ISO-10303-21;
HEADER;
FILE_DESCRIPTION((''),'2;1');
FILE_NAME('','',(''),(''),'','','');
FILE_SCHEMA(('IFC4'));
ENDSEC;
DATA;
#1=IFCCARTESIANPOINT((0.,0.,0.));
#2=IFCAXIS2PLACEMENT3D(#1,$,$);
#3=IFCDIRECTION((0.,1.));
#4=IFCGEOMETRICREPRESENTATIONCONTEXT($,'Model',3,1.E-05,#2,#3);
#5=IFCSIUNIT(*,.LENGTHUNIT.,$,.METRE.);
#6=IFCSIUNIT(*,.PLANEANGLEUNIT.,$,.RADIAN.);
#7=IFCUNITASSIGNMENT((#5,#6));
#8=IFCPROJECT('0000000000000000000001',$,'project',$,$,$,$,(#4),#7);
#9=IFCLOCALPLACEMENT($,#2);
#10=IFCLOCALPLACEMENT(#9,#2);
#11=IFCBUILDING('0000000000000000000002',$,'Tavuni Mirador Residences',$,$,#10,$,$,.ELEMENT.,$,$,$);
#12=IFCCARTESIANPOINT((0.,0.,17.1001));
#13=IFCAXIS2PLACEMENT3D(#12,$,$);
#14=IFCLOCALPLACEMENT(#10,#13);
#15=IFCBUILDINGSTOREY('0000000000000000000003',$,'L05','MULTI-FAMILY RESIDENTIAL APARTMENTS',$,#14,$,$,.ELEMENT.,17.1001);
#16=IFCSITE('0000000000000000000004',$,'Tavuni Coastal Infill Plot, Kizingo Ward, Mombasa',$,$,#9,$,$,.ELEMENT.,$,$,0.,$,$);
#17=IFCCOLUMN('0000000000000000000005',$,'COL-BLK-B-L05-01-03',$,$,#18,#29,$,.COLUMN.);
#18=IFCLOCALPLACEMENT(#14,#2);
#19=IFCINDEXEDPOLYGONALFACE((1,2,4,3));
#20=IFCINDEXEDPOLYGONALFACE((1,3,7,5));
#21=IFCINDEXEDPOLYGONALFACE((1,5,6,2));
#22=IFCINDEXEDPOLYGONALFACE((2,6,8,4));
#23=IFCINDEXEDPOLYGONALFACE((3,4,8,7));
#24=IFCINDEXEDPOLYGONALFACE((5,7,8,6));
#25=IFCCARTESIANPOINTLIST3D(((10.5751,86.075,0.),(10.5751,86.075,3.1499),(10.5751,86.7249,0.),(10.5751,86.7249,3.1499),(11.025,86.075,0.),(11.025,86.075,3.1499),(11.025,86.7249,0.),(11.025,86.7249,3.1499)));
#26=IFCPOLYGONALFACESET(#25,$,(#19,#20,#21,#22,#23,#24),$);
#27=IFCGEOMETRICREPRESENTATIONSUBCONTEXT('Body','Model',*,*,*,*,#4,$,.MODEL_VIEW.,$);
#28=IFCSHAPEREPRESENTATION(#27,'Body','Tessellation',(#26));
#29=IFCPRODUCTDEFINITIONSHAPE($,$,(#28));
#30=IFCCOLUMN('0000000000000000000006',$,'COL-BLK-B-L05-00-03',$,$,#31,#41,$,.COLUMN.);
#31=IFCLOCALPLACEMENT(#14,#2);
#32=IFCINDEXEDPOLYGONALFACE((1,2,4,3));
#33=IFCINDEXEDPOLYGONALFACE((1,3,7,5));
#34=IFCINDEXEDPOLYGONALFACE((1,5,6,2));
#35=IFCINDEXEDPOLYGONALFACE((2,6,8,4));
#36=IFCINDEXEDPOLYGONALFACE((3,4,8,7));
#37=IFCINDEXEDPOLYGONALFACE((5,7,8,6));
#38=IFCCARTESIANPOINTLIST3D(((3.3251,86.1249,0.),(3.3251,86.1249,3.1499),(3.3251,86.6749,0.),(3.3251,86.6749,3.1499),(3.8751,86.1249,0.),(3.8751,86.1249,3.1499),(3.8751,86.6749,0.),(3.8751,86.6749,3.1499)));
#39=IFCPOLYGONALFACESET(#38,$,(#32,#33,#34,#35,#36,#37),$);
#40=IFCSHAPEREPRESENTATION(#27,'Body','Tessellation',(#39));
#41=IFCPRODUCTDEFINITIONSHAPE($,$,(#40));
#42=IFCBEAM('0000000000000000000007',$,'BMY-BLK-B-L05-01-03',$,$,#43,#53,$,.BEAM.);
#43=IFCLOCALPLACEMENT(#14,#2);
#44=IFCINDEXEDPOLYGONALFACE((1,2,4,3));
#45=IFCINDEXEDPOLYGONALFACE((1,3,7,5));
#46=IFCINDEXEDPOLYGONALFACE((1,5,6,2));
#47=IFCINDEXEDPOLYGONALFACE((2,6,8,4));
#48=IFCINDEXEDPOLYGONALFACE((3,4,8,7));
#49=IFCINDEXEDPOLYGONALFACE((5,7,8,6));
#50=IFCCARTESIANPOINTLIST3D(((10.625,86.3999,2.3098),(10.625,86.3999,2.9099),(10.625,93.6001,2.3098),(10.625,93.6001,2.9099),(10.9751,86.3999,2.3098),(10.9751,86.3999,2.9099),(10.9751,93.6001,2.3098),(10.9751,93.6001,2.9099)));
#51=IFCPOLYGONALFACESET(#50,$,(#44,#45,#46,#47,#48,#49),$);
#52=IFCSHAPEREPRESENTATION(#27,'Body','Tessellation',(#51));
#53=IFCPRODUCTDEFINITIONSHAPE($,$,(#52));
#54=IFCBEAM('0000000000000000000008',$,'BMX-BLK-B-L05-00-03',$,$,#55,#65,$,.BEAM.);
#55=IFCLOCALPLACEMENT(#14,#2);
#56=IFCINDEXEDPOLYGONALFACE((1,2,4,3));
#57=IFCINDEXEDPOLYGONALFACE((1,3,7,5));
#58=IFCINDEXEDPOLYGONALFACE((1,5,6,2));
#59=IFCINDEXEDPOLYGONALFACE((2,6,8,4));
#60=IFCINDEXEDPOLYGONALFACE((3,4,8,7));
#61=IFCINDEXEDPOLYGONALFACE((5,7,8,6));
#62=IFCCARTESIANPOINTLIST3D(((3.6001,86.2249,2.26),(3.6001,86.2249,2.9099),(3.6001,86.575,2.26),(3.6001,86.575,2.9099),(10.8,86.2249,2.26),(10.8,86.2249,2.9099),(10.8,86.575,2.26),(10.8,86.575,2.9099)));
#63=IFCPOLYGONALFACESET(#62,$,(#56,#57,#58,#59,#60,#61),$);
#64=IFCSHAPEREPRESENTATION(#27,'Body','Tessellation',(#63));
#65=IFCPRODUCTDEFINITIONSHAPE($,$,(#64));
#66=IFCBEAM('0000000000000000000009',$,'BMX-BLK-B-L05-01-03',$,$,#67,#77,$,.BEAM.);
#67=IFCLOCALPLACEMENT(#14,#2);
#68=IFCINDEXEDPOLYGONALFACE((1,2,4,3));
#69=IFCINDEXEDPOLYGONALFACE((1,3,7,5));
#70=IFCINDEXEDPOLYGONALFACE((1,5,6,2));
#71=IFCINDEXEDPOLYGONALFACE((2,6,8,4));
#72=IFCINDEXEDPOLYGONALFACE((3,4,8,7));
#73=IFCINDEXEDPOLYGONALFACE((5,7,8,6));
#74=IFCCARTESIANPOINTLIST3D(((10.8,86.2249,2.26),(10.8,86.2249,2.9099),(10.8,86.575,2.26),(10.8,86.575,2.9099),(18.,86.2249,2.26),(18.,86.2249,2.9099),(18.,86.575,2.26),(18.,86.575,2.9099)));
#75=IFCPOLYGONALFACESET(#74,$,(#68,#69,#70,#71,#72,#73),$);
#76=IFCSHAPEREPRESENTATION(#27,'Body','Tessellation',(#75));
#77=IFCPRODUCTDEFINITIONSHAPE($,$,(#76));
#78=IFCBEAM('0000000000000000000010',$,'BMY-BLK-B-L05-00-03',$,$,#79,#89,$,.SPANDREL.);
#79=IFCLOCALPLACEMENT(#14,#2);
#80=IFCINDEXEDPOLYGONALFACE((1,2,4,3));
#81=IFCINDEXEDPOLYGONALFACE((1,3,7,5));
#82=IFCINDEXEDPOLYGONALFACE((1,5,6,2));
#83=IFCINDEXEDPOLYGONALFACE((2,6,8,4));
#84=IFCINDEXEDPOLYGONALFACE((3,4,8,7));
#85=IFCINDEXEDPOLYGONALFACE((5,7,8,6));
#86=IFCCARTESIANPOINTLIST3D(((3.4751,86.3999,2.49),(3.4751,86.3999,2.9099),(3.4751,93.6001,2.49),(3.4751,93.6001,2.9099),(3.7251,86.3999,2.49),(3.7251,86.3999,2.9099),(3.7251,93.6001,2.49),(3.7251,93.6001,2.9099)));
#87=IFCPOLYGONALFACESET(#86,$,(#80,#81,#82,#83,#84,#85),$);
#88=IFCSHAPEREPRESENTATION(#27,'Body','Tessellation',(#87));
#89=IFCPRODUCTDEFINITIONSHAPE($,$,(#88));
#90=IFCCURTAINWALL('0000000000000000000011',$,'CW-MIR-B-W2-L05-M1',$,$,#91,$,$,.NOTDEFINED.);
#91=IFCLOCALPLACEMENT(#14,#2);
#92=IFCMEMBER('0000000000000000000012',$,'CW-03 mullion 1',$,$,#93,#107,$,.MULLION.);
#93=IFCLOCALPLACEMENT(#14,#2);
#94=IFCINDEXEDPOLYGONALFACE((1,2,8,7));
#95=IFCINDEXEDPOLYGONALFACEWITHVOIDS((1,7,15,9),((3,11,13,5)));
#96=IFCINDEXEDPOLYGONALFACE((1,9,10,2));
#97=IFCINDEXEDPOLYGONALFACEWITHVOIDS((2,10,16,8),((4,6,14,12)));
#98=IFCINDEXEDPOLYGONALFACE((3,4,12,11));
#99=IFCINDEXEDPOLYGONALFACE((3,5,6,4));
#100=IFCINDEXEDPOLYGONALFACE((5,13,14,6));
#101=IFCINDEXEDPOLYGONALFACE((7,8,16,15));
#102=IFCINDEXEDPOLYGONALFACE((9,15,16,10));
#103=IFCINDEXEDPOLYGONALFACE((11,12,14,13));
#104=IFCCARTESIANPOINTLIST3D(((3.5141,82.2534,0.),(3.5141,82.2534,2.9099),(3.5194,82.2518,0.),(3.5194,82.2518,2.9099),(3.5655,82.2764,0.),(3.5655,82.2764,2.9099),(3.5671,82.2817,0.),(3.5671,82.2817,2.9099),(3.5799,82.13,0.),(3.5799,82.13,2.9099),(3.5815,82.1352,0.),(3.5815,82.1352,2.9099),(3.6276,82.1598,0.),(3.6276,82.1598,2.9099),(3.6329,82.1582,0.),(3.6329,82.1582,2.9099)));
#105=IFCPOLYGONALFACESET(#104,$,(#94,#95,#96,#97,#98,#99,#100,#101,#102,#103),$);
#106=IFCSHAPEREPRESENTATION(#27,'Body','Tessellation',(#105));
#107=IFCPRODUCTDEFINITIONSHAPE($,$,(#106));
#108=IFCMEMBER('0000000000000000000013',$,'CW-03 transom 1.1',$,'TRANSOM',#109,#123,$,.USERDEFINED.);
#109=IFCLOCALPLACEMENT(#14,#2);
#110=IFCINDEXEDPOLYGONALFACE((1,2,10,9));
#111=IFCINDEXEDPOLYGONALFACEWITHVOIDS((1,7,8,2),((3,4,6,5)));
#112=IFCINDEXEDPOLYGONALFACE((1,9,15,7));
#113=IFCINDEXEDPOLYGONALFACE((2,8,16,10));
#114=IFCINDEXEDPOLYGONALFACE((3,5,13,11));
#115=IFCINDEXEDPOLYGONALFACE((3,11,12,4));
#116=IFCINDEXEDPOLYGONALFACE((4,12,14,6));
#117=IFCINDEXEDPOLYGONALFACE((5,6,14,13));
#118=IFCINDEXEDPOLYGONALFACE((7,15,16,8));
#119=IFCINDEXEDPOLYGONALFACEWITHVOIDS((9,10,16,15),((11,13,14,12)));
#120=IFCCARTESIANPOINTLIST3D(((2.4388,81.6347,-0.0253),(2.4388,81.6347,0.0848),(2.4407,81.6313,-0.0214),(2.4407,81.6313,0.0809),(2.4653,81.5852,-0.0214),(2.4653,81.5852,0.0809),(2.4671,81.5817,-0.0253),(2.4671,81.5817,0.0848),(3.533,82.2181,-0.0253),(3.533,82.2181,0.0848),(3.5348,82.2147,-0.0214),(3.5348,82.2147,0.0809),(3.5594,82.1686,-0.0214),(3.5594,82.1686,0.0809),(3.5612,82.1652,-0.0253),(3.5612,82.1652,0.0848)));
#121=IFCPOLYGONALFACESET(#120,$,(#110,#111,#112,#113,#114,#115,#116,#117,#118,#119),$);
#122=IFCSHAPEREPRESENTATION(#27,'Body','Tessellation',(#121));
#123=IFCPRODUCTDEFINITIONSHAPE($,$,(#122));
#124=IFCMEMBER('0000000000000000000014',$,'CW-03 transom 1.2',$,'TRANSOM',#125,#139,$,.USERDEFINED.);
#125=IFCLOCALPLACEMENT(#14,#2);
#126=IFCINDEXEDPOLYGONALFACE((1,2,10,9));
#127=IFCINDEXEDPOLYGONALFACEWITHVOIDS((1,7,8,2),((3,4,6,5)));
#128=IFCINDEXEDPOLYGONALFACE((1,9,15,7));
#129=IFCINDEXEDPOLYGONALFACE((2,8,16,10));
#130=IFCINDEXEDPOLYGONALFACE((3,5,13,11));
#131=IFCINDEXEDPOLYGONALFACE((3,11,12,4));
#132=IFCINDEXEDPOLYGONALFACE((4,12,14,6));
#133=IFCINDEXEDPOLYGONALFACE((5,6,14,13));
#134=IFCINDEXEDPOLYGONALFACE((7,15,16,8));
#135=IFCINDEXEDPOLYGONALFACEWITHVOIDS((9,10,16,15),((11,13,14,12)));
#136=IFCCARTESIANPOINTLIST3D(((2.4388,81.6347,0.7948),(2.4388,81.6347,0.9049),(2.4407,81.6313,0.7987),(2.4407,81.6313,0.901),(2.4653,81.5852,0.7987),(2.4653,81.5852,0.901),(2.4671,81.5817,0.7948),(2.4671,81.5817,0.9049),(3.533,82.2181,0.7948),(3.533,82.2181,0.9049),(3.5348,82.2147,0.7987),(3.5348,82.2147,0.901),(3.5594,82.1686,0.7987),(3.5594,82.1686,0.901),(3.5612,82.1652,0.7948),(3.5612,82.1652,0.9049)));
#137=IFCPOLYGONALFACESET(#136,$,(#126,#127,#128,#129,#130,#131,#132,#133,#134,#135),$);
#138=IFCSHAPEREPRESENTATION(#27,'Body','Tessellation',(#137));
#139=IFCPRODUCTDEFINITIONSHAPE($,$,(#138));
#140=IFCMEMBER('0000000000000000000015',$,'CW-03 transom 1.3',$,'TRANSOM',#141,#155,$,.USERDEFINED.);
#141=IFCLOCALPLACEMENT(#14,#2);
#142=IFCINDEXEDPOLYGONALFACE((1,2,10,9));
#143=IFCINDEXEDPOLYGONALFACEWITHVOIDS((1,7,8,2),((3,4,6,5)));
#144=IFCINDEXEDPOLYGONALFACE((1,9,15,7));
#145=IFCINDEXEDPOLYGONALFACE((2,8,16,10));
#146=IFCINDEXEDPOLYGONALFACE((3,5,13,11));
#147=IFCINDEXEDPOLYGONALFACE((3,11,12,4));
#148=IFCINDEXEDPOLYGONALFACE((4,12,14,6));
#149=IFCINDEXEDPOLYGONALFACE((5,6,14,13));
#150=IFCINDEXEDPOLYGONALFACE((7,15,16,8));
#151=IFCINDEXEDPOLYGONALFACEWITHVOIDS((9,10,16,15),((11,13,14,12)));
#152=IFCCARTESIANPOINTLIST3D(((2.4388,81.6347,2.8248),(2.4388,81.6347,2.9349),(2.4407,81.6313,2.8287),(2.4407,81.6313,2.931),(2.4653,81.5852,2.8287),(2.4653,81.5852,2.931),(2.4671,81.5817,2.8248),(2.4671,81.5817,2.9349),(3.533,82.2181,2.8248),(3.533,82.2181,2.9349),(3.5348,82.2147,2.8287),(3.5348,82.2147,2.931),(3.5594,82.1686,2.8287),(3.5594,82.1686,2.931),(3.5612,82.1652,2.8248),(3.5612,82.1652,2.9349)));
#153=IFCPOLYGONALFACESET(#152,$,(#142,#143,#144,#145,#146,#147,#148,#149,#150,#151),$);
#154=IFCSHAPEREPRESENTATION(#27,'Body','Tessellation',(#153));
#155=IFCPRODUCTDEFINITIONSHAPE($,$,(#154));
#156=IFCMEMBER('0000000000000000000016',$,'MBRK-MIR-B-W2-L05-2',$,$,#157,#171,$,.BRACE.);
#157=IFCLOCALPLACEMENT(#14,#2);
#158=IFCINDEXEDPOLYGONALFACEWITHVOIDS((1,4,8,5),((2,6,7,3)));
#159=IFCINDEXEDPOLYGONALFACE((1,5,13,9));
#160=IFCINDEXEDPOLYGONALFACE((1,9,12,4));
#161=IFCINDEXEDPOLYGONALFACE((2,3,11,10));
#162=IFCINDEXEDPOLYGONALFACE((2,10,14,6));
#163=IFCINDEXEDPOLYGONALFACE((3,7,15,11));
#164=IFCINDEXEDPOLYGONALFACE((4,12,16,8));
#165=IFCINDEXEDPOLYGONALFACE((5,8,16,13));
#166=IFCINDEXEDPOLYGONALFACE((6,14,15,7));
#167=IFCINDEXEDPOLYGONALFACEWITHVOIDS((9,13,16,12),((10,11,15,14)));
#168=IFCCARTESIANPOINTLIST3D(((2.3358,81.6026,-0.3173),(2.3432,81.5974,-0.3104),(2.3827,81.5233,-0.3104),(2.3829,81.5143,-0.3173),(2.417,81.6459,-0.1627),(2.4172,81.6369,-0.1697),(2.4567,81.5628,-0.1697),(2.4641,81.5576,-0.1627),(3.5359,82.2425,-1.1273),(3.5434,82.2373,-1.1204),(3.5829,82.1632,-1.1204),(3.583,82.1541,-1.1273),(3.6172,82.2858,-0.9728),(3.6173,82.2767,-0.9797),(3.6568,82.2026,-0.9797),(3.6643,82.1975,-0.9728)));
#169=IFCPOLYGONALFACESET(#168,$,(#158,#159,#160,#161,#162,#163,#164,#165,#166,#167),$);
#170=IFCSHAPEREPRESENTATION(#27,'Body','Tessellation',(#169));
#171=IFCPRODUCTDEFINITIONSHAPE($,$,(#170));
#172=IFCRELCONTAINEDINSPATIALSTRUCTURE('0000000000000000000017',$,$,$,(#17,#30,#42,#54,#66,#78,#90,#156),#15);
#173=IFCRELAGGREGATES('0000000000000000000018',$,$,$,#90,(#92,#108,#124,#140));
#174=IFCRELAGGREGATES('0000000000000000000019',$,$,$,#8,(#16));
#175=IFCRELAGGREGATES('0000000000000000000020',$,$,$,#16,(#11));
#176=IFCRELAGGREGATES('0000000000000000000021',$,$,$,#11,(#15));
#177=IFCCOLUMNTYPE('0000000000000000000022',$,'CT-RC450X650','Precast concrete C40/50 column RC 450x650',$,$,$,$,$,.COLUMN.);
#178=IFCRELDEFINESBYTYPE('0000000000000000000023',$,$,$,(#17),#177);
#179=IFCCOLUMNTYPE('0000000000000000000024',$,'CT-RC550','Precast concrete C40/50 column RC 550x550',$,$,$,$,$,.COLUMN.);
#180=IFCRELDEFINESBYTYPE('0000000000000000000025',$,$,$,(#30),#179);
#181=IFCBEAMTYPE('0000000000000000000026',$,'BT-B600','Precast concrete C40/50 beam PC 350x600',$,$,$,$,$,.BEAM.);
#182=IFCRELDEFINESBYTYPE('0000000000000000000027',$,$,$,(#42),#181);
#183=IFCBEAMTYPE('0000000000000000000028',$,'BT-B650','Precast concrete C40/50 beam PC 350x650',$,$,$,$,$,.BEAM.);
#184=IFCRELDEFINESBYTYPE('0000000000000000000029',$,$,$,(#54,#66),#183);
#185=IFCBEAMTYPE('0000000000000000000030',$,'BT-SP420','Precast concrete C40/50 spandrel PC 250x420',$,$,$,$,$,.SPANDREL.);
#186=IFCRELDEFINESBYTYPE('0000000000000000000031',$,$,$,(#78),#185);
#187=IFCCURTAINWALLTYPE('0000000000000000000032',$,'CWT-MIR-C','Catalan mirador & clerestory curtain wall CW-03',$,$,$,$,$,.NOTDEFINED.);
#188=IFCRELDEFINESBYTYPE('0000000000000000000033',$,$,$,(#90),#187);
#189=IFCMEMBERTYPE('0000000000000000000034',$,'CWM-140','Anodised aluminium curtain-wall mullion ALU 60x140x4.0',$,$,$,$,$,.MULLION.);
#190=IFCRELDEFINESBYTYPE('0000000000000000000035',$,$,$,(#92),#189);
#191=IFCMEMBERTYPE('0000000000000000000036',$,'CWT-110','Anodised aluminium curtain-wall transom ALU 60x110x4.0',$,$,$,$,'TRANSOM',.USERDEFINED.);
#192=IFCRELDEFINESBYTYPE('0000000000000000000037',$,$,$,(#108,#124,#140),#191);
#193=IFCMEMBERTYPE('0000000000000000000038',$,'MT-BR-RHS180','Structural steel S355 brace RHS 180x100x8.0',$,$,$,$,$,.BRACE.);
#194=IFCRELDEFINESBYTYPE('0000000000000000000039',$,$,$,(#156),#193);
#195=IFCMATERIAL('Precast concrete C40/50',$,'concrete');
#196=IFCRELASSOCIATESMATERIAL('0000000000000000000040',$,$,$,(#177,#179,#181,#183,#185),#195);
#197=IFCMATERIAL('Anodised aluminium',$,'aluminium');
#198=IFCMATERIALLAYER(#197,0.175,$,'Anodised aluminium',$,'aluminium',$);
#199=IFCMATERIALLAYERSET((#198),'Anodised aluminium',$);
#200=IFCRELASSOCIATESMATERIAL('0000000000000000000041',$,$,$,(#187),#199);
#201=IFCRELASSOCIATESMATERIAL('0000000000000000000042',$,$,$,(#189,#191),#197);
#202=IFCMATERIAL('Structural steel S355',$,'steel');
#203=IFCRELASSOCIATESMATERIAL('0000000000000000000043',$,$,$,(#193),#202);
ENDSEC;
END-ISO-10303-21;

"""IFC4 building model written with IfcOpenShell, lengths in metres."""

from ifc_helpers import new_model, si_unit, direction, frame, origin, origin_2d, place, context, subcontext, project, spatial, rectangle, hollow_rectangle, extrude, material, layer, layer_set, material_profile, profile_set, type_object, element, aggregate, save


model = new_model("IFC4")

# Units and contexts
model_context = context("Model", 3, precision=1e-05, world=origin(), true_north=direction((0.0, 1.0)))
body_context = subcontext(model_context, "Body", "Model", "MODEL_VIEW")
ifc_project = project(units=[si_unit("LENGTHUNIT", "METRE"), si_unit("PLANEANGLEUNIT", "RADIAN")], contexts=[model_context])

# Site, building, storey
site_placement = place(None, origin())
site = spatial("IfcSite", under=ifc_project, at=site_placement, Name="Tavuni Coastal Infill Plot, Kizingo Ward, Mombasa", CompositionType="ELEMENT", RefElevation=0.0)
building_placement = place(site_placement, origin())
building = spatial("IfcBuilding", under=site, at=building_placement, Name="Tavuni Mirador Residences", CompositionType="ELEMENT")
storey_placement = place(building_placement, frame((0.0, 0.0, 17.1001)))
storey = spatial("IfcBuildingStorey", under=building, at=storey_placement, Name="L05", Description="MULTI-FAMILY RESIDENTIAL APARTMENTS", CompositionType="ELEMENT", Elevation=17.1001)

# Columns
ifc_material_1 = material(Name="Precast concrete C40/50", Category="concrete")
ifc_material_profile_1 = material_profile(ifc_material_1, rectangle(XDim=0.45, YDim=0.6499, at=origin_2d()), Name="RC 450x650", Category="concrete")
ifc_profile_set_1 = profile_set([ifc_material_profile_1], Name="Precast concrete C40/50")
column_type_1 = type_object("IfcColumnType", Name="CT-RC450X650", Description="Precast concrete C40/50 column RC 450x650", PredefinedType="COLUMN", material=ifc_profile_set_1)
column_1_placement = place(storey_placement, frame((10.8, 86.3999, 0.0), z_axis=(0.0, 0.0, 1.0), x_axis=(1.0, 0.0, 0.0)))
element("IfcColumn", 1, at=column_1_placement, inside=storey, type_object=column_type_1, Name="COL-BLK-B-L05-01-03", PredefinedType="COLUMN", context=body_context, shape_type="SweptSolid", body=[
    extrude(rectangle(XDim=0.45, YDim=0.6499, at=origin_2d()), origin(), (0.0, 0.0, 1.0), 3.1499),
])
ifc_material_profile_2 = material_profile(ifc_material_1, rectangle(XDim=0.55, YDim=0.55, at=origin_2d()), Name="RC 550x550", Category="concrete")
ifc_profile_set_2 = profile_set([ifc_material_profile_2], Name="Precast concrete C40/50")
column_type_2 = type_object("IfcColumnType", Name="CT-RC550", Description="Precast concrete C40/50 column RC 550x550", PredefinedType="COLUMN", material=ifc_profile_set_2)
column_2_placement = place(storey_placement, frame((3.6001, 86.3999, 0.0), z_axis=(0.0, 0.0, 1.0), x_axis=(1.0, 0.0, 0.0)))
element("IfcColumn", 2, at=column_2_placement, inside=storey, type_object=column_type_2, Name="COL-BLK-B-L05-00-03", PredefinedType="COLUMN", context=body_context, shape_type="SweptSolid", body=[
    extrude(rectangle(XDim=0.55, YDim=0.55, at=origin_2d()), origin(), (0.0, 0.0, 1.0), 3.1499),
])

# Beams
ifc_material_profile_3 = material_profile(ifc_material_1, rectangle(XDim=0.3501, YDim=0.6001, at=origin_2d()), Name="PC 350x600", Category="concrete")
ifc_profile_set_3 = profile_set([ifc_material_profile_3], Name="Precast concrete C40/50")
beam_type_1 = type_object("IfcBeamType", Name="BT-B600", Description="Precast concrete C40/50 beam PC 350x600", PredefinedType="BEAM", material=ifc_profile_set_3)
beam_1_placement = place(storey_placement, frame((10.8, 86.3999, 2.6099), z_axis=(0.0, 1.0, 0.0), x_axis=(-1.0, 0.0, 0.0)))
element("IfcBeam", 3, at=beam_1_placement, inside=storey, type_object=beam_type_1, Name="BMY-BLK-B-L05-01-03", PredefinedType="BEAM", context=body_context, shape_type="SweptSolid", body=[
    extrude(rectangle(XDim=0.3501, YDim=0.6001, at=origin_2d()), origin(), (0.0, 0.0, 1.0), 7.2002),
])
ifc_material_profile_4 = material_profile(ifc_material_1, rectangle(XDim=0.3501, YDim=0.6499, at=origin_2d()), Name="PC 350x650", Category="concrete")
ifc_profile_set_4 = profile_set([ifc_material_profile_4], Name="Precast concrete C40/50")
beam_type_2 = type_object("IfcBeamType", Name="BT-B650", Description="Precast concrete C40/50 beam PC 350x650", PredefinedType="BEAM", material=ifc_profile_set_4)
for number, where, z_axis, x_axis, name in (
    (4, (3.6001, 86.3999, 2.585), (1.0, 0.0, 0.0), (0.0, 1.0, 0.0), "BMX-BLK-B-L05-00-03"),
    (5, (10.8, 86.3999, 2.585), (1.0, 0.0, 0.0), (0.0, 1.0, 0.0), "BMX-BLK-B-L05-01-03"),
):
    element("IfcBeam", number, at=place(storey_placement, frame(where, z_axis=z_axis, x_axis=x_axis)), inside=storey, type_object=beam_type_2, Name=name, PredefinedType="BEAM", context=body_context, shape_type="SweptSolid", body=[
        extrude(rectangle(XDim=0.3501, YDim=0.6499, at=origin_2d()), origin(), (0.0, 0.0, 1.0), 7.2),
    ])
ifc_material_profile_5 = material_profile(ifc_material_1, rectangle(XDim=0.25, YDim=0.4199, at=origin_2d()), Name="PC 250x420", Category="concrete")
ifc_profile_set_5 = profile_set([ifc_material_profile_5], Name="Precast concrete C40/50")
beam_type_3 = type_object("IfcBeamType", Name="BT-SP420", Description="Precast concrete C40/50 spandrel PC 250x420", PredefinedType="SPANDREL", material=ifc_profile_set_5)
beam_2_placement = place(storey_placement, frame((3.6001, 86.3999, 2.7), z_axis=(0.0, 1.0, 0.0), x_axis=(-1.0, 0.0, 0.0)))
element("IfcBeam", 6, at=beam_2_placement, inside=storey, type_object=beam_type_3, Name="BMY-BLK-B-L05-00-03", PredefinedType="SPANDREL", context=body_context, shape_type="SweptSolid", body=[
    extrude(rectangle(XDim=0.25, YDim=0.4199, at=origin_2d()), origin(), (0.0, 0.0, 1.0), 7.2002),
])

# Curtain wall, members
ifc_material_2 = material(Name="Anodised aluminium", Category="aluminium")
ifc_layer_1 = layer(ifc_material_2, 0.175, Name="Anodised aluminium", Category="aluminium")
ifc_layer_set_1 = layer_set([ifc_layer_1], Name="Anodised aluminium")
curtain_wall_type = type_object("IfcCurtainWallType", Name="CWT-MIR-C", Description="Catalan mirador & clerestory curtain wall CW-03", PredefinedType="NOTDEFINED", material=ifc_layer_set_1)
curtain_wall_placement = place(storey_placement, origin())
curtain_wall = element("IfcCurtainWall", 7, at=curtain_wall_placement, inside=storey, type_object=curtain_wall_type, Name="CW-MIR-B-W2-L05-M1", PredefinedType="NOTDEFINED")
ifc_material_profile_6 = material_profile(ifc_material_2, hollow_rectangle(XDim=0.0601, YDim=0.1399, WallThickness=0.0039, at=origin_2d()), Name="ALU 60x140x4.0", Category="aluminium")
ifc_profile_set_6 = profile_set([ifc_material_profile_6], Name="Anodised aluminium")
member_type_1 = type_object("IfcMemberType", Name="CWM-140", Description="Anodised aluminium curtain-wall mullion ALU 60x140x4.0", PredefinedType="MULLION", material=ifc_profile_set_6)
member_1_placement = place(storey_placement, frame((3.5735, 82.2058, 0.0), z_axis=(0.0, 0.0, 1.0), x_axis=(-0.882353, -0.470588, 0.0)))
member_1 = element("IfcMember", 8, at=member_1_placement, type_object=member_type_1, Name="CW-03 mullion 1", PredefinedType="MULLION", context=body_context, shape_type="SweptSolid", body=[
    extrude(hollow_rectangle(XDim=0.0601, YDim=0.1399, WallThickness=0.0039, at=origin_2d()), origin(), (0.0, 0.0, 1.0), 2.9099),
])
ifc_material_profile_7 = material_profile(ifc_material_2, hollow_rectangle(XDim=0.0601, YDim=0.1101, WallThickness=0.0039, at=origin_2d()), Name="ALU 60x110x4.0", Category="aluminium")
ifc_profile_set_7 = profile_set([ifc_material_profile_7], Name="Anodised aluminium")
member_type_2 = type_object("IfcMemberType", Name="CWT-110", Description="Anodised aluminium curtain-wall transom ALU 60x110x4.0", ElementType="TRANSOM", PredefinedType="USERDEFINED", material=ifc_profile_set_7)
member_2_placement = place(storey_placement, frame((3.5471, 82.1917, 0.0298), z_axis=(-0.882386, -0.470527, 0.0), x_axis=(0.470527, -0.882386, 0.0)))
member_2 = element("IfcMember", 9, at=member_2_placement, type_object=member_type_2, Name="CW-03 transom 1.1", ObjectType="TRANSOM", PredefinedType="USERDEFINED", context=body_context, shape_type="SweptSolid", body=[
    extrude(hollow_rectangle(XDim=0.0601, YDim=0.1101, WallThickness=0.0039, at=origin_2d()), origin(), (0.0, 0.0, 1.0), 1.24),
])
member_3_placement = place(storey_placement, frame((3.5471, 82.1917, 0.8499), z_axis=(-0.882386, -0.470527, 0.0), x_axis=(0.470527, -0.882386, 0.0)))
member_3 = element("IfcMember", 10, at=member_3_placement, type_object=member_type_2, Name="CW-03 transom 1.2", ObjectType="TRANSOM", PredefinedType="USERDEFINED", context=body_context, shape_type="SweptSolid", body=[
    extrude(hollow_rectangle(XDim=0.0601, YDim=0.1101, WallThickness=0.0039, at=origin_2d()), origin(), (0.0, 0.0, 1.0), 1.24),
])
member_4_placement = place(storey_placement, frame((3.5471, 82.1917, 2.8799), z_axis=(-0.882386, -0.470527, 0.0), x_axis=(0.470527, -0.882386, 0.0)))
member_4 = element("IfcMember", 11, at=member_4_placement, type_object=member_type_2, Name="CW-03 transom 1.3", ObjectType="TRANSOM", PredefinedType="USERDEFINED", context=body_context, shape_type="SweptSolid", body=[
    extrude(hollow_rectangle(XDim=0.0601, YDim=0.1101, WallThickness=0.0039, at=origin_2d()), origin(), (0.0, 0.0, 1.0), 1.24),
])

# Member
ifc_material_3 = material(Name="Structural steel S355", Category="steel")
ifc_material_profile_8 = material_profile(ifc_material_3, hollow_rectangle(XDim=0.1001, YDim=0.1799, WallThickness=0.0081, at=origin_2d()), Name="RHS 180x100x8.0", Category="steel")
ifc_profile_set_8 = profile_set([ifc_material_profile_8], Name="Structural steel S355")
member_type_3 = type_object("IfcMemberType", Name="MT-BR-RHS180", Description="Structural steel S355 brace RHS 180x100x8.0", PredefinedType="BRACE", material=ifc_profile_set_8)
member_5_placement = place(storey_placement, frame((3.6001, 82.22, -1.05), z_axis=(-0.758142, -0.404209, 0.511699), x_axis=(0.470467, -0.882418, 0.0)))
element("IfcMember", 12, at=member_5_placement, inside=storey, type_object=member_type_3, Name="MBRK-MIR-B-W2-L05-2", PredefinedType="BRACE", context=body_context, shape_type="SweptSolid", body=[
    extrude(hollow_rectangle(XDim=0.1001, YDim=0.1799, WallThickness=0.0081, at=origin_2d()), origin(), (0.0, 0.0, 1.0), 1.583),
])

aggregate(curtain_wall, [member_1, member_2, member_3, member_4])

save(model, "model.ifc")
